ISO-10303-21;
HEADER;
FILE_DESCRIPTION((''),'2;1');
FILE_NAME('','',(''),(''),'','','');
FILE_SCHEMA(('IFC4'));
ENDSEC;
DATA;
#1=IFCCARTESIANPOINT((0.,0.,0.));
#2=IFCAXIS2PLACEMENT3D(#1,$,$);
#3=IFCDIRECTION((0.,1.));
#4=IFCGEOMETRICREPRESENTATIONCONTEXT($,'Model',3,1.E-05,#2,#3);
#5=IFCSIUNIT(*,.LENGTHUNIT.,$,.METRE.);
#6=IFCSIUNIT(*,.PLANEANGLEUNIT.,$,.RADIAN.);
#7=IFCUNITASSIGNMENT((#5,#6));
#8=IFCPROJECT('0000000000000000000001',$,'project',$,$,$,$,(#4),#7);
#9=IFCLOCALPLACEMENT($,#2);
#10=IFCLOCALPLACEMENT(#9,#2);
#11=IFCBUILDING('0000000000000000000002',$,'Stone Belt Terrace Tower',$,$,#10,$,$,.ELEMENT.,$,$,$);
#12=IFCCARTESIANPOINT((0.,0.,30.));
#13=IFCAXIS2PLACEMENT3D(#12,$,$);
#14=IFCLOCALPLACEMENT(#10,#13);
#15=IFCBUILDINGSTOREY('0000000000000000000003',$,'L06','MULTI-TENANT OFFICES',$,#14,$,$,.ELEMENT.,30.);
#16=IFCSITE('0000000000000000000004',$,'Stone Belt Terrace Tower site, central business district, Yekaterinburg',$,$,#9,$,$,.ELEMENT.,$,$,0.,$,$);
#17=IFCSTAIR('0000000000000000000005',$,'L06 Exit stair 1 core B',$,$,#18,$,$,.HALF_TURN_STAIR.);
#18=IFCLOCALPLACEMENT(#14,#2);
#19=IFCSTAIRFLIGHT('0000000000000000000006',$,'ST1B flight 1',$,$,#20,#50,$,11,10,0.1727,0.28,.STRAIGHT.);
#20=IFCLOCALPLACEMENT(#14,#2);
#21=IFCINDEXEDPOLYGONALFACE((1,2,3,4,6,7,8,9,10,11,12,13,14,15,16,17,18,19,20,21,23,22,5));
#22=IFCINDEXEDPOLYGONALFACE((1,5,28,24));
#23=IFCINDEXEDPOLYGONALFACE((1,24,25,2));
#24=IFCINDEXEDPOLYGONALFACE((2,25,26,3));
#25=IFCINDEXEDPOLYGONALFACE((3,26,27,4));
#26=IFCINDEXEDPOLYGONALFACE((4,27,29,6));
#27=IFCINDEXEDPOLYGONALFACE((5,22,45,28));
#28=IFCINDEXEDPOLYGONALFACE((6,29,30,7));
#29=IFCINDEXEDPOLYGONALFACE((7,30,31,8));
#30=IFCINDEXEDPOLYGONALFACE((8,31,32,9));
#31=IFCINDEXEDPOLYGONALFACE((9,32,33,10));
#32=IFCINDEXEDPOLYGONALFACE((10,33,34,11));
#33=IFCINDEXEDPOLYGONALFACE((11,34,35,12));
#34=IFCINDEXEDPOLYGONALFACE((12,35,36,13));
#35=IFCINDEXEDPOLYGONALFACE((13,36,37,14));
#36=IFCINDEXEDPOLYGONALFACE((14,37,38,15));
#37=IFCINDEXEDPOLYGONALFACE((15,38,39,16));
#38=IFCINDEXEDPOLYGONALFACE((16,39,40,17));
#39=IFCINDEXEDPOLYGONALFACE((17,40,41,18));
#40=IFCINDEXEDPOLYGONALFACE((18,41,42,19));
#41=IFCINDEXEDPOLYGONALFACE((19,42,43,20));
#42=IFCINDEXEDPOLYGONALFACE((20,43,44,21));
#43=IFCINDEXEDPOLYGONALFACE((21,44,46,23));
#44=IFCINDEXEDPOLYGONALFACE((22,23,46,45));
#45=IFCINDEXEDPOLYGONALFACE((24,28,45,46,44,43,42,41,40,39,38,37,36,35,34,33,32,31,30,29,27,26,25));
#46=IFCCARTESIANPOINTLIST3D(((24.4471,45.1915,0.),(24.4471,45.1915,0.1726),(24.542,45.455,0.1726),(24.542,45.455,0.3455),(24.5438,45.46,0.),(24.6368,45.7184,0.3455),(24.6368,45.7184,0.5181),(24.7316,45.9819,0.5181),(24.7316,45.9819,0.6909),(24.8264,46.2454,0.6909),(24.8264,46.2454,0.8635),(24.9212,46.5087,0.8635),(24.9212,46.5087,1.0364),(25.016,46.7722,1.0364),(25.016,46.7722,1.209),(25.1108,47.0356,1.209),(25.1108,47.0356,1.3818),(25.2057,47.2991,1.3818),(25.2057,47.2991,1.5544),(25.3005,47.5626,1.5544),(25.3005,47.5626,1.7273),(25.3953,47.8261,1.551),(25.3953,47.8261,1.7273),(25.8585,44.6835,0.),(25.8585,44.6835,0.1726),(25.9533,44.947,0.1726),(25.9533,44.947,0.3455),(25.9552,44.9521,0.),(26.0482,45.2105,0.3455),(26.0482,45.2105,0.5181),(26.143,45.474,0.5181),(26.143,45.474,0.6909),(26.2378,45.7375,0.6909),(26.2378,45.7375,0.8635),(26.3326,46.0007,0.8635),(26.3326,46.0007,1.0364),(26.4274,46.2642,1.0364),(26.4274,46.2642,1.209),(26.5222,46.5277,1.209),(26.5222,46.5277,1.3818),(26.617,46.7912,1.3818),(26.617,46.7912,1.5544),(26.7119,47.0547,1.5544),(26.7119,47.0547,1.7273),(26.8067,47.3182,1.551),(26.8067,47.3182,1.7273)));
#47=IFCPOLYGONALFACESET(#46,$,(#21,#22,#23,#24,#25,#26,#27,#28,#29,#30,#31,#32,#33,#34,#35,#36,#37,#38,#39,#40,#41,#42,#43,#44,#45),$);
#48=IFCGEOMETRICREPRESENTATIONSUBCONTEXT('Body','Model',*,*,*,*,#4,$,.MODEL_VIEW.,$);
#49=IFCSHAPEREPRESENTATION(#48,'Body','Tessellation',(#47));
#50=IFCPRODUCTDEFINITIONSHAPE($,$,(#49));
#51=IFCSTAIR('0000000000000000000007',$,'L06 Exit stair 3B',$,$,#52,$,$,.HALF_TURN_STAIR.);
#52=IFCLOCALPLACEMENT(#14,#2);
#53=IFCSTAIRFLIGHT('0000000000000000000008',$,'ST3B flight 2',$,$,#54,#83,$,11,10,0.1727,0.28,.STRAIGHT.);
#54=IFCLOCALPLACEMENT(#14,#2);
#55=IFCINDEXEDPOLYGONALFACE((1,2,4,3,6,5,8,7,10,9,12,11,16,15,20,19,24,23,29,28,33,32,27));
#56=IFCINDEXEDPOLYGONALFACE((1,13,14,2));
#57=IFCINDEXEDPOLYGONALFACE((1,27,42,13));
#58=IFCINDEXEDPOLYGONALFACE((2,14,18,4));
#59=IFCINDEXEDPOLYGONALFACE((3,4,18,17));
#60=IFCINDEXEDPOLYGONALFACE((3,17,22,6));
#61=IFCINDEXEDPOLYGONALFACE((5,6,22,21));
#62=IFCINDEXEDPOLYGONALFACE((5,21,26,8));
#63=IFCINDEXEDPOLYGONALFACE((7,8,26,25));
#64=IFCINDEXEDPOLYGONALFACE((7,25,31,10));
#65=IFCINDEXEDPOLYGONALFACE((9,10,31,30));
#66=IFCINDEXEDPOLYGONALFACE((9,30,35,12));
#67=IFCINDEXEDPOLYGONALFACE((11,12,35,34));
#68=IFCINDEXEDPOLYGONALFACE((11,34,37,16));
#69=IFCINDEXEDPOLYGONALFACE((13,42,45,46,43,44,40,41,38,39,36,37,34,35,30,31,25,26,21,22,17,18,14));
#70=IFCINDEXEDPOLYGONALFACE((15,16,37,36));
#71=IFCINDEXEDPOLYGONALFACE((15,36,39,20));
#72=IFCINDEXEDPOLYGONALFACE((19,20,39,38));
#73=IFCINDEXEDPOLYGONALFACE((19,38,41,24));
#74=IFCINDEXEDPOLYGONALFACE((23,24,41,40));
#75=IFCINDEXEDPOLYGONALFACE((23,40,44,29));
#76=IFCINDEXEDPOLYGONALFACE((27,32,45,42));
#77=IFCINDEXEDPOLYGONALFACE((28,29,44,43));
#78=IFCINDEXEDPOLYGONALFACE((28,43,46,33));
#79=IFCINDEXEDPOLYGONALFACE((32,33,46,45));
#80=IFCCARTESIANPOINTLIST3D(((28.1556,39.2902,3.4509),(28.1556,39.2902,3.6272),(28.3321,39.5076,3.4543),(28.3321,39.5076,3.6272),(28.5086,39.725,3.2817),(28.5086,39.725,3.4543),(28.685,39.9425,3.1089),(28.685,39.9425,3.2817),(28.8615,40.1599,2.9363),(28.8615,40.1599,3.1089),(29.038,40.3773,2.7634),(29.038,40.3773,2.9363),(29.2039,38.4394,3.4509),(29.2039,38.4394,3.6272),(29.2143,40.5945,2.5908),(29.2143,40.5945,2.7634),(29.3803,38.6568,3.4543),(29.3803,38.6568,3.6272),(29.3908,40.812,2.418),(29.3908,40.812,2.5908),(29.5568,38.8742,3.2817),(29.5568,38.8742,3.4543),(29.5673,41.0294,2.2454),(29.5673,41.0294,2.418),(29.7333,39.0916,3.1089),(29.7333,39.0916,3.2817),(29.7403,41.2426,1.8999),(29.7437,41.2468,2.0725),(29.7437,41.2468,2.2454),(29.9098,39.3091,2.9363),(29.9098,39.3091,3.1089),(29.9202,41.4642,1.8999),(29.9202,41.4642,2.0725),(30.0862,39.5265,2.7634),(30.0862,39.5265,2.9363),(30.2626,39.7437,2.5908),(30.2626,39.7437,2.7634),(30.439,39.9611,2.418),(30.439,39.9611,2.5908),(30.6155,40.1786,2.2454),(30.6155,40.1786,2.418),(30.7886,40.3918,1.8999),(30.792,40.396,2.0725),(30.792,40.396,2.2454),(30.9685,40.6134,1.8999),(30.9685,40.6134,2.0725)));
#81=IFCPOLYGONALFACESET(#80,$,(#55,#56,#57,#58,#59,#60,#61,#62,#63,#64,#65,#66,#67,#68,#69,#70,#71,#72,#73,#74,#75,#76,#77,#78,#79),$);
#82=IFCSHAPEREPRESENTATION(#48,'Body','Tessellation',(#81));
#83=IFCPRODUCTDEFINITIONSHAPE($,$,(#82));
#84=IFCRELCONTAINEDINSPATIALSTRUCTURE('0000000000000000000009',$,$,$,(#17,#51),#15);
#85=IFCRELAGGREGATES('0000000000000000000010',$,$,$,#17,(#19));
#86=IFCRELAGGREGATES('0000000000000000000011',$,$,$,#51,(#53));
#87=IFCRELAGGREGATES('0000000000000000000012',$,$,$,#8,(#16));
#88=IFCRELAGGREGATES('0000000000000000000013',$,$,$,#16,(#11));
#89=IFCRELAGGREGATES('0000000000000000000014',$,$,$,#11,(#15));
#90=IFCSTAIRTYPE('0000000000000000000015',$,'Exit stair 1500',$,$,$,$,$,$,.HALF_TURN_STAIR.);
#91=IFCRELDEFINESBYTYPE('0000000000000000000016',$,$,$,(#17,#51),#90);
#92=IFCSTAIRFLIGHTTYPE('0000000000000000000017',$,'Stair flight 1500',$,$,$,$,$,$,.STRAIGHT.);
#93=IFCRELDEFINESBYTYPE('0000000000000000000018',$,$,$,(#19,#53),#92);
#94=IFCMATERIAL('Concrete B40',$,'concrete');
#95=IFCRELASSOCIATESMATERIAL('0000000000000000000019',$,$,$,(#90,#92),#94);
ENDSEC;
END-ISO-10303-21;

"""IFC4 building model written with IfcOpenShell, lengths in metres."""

from ifc_helpers import new_model, si_unit, direction, frame, origin, place, context, subcontext, project, spatial, polyline, outline, extrude, material, type_object, element, aggregate, save


model = new_model("IFC4")

# Units and contexts
model_context = context("Model", 3, precision=1e-05, world=origin(), true_north=direction((0.0, 1.0)))
body_context = subcontext(model_context, "Body", "Model", "MODEL_VIEW")
ifc_project = project(units=[si_unit("LENGTHUNIT", "METRE"), si_unit("PLANEANGLEUNIT", "RADIAN")], contexts=[model_context])

# Site, building, storey
site_placement = place(None, origin())
site = spatial("IfcSite", under=ifc_project, at=site_placement, Name="Stone Belt Terrace Tower site, central business district, Yekaterinburg", CompositionType="ELEMENT", RefElevation=0.0)
building_placement = place(site_placement, origin())
building = spatial("IfcBuilding", under=site, at=building_placement, Name="Stone Belt Terrace Tower", CompositionType="ELEMENT")
storey_placement = place(building_placement, frame((0.0, 0.0, 30.0)))
storey = spatial("IfcBuildingStorey", under=building, at=storey_placement, Name="L06", Description="MULTI-TENANT OFFICES", CompositionType="ELEMENT", Elevation=30.0)

# Stairs, stair flights
ifc_material_1 = material(Name="Concrete B40", Category="concrete")
stair_type = type_object("IfcStairType", Name="Exit stair 1500", PredefinedType="HALF_TURN_STAIR", material=ifc_material_1)
stair_1_placement = place(storey_placement, origin())
stair_1 = element("IfcStair", 1, at=stair_1_placement, inside=storey, type_object=stair_type, Name="L06 Exit stair 1 core B", PredefinedType="HALF_TURN_STAIR")
stair_flight_type = type_object("IfcStairFlightType", Name="Stair flight 1500", PredefinedType="STRAIGHT", material=ifc_material_1)
stair_flight_1_placement = place(storey_placement, frame((25.1528, 44.9375, 0.0), z_axis=(0.0, 0.0, 1.0), x_axis=(0.338624, 0.940922, 0.0)))
stair_flight_1 = element("IfcStairFlight", 2, at=stair_flight_1_placement, type_object=stair_flight_type, Name="ST1B flight 1", NumberOfRisers=11, NumberOfTreads=10, PredefinedType="STRAIGHT", RiserHeight=0.1727, TreadLength=0.28, context=body_context, shape_type="SweptSolid", body=[
    extrude(outline(polyline([(0.0, 0.0), (0.0, 0.1726), (0.28, 0.1726), (0.28, 0.3455), (0.5601, 0.3455), (0.5601, 0.5181), (0.8401, 0.5181), (0.8401, 0.6909), (1.1201, 0.6909), (1.1201, 0.8635), (1.3999, 0.8635), (1.3999, 1.0364), (1.6799, 1.0364), (1.6799, 1.209), (1.96, 1.209), (1.96, 1.3818), (2.24, 1.3818), (2.24, 1.5544), (2.52, 1.5544), (2.52, 1.7273), (2.8, 1.7273), (2.8, 1.8999), (2.8, 1.551), (0.2854, 0.0), (0.0, 0.0)])), frame((0.0, 0.75, 0.0), z_axis=(0.0, -1.0, 0.0), x_axis=(1.0, 0.0, 0.0)), (0.0, 0.0, 1.0), 1.5),
])
aggregate(stair_1, [stair_flight_1])
stair_2_placement = place(storey_placement, origin())
stair_2 = element("IfcStair", 3, at=stair_2_placement, inside=storey, type_object=stair_type, Name="L06 Exit stair 3B", PredefinedType="HALF_TURN_STAIR")
stair_flight_2_placement = place(storey_placement, frame((30.4443, 41.0388, 1.8999), z_axis=(0.0, 0.0, 1.0), x_axis=(-0.630206, -0.776428, 0.0)))
stair_flight_2 = element("IfcStairFlight", 4, at=stair_flight_2_placement, type_object=stair_flight_type, Name="ST3B flight 2", NumberOfRisers=11, NumberOfTreads=10, PredefinedType="STRAIGHT", RiserHeight=0.1727, TreadLength=0.28, context=body_context, shape_type="SweptSolid", body=[
    extrude(outline(polyline([(0.0, 0.0), (0.0, 0.1726), (0.28, 0.1726), (0.28, 0.3455), (0.5601, 0.3455), (0.5601, 0.5181), (0.8401, 0.5181), (0.8401, 0.6909), (1.1201, 0.6909), (1.1201, 0.8635), (1.3999, 0.8635), (1.3999, 1.0364), (1.6799, 1.0364), (1.6799, 1.209), (1.96, 1.209), (1.96, 1.3818), (2.24, 1.3818), (2.24, 1.5544), (2.52, 1.5544), (2.52, 1.7273), (2.8, 1.7273), (2.8, 1.8999), (2.8, 1.551), (0.2854, 0.0), (0.0, 0.0)])), frame((0.0, 0.675, 0.0), z_axis=(0.0, -1.0, 0.0), x_axis=(1.0, 0.0, 0.0)), (0.0, 0.0, 1.0), 1.3501),
])
aggregate(stair_2, [stair_flight_2])

save(model, "model.ifc")
